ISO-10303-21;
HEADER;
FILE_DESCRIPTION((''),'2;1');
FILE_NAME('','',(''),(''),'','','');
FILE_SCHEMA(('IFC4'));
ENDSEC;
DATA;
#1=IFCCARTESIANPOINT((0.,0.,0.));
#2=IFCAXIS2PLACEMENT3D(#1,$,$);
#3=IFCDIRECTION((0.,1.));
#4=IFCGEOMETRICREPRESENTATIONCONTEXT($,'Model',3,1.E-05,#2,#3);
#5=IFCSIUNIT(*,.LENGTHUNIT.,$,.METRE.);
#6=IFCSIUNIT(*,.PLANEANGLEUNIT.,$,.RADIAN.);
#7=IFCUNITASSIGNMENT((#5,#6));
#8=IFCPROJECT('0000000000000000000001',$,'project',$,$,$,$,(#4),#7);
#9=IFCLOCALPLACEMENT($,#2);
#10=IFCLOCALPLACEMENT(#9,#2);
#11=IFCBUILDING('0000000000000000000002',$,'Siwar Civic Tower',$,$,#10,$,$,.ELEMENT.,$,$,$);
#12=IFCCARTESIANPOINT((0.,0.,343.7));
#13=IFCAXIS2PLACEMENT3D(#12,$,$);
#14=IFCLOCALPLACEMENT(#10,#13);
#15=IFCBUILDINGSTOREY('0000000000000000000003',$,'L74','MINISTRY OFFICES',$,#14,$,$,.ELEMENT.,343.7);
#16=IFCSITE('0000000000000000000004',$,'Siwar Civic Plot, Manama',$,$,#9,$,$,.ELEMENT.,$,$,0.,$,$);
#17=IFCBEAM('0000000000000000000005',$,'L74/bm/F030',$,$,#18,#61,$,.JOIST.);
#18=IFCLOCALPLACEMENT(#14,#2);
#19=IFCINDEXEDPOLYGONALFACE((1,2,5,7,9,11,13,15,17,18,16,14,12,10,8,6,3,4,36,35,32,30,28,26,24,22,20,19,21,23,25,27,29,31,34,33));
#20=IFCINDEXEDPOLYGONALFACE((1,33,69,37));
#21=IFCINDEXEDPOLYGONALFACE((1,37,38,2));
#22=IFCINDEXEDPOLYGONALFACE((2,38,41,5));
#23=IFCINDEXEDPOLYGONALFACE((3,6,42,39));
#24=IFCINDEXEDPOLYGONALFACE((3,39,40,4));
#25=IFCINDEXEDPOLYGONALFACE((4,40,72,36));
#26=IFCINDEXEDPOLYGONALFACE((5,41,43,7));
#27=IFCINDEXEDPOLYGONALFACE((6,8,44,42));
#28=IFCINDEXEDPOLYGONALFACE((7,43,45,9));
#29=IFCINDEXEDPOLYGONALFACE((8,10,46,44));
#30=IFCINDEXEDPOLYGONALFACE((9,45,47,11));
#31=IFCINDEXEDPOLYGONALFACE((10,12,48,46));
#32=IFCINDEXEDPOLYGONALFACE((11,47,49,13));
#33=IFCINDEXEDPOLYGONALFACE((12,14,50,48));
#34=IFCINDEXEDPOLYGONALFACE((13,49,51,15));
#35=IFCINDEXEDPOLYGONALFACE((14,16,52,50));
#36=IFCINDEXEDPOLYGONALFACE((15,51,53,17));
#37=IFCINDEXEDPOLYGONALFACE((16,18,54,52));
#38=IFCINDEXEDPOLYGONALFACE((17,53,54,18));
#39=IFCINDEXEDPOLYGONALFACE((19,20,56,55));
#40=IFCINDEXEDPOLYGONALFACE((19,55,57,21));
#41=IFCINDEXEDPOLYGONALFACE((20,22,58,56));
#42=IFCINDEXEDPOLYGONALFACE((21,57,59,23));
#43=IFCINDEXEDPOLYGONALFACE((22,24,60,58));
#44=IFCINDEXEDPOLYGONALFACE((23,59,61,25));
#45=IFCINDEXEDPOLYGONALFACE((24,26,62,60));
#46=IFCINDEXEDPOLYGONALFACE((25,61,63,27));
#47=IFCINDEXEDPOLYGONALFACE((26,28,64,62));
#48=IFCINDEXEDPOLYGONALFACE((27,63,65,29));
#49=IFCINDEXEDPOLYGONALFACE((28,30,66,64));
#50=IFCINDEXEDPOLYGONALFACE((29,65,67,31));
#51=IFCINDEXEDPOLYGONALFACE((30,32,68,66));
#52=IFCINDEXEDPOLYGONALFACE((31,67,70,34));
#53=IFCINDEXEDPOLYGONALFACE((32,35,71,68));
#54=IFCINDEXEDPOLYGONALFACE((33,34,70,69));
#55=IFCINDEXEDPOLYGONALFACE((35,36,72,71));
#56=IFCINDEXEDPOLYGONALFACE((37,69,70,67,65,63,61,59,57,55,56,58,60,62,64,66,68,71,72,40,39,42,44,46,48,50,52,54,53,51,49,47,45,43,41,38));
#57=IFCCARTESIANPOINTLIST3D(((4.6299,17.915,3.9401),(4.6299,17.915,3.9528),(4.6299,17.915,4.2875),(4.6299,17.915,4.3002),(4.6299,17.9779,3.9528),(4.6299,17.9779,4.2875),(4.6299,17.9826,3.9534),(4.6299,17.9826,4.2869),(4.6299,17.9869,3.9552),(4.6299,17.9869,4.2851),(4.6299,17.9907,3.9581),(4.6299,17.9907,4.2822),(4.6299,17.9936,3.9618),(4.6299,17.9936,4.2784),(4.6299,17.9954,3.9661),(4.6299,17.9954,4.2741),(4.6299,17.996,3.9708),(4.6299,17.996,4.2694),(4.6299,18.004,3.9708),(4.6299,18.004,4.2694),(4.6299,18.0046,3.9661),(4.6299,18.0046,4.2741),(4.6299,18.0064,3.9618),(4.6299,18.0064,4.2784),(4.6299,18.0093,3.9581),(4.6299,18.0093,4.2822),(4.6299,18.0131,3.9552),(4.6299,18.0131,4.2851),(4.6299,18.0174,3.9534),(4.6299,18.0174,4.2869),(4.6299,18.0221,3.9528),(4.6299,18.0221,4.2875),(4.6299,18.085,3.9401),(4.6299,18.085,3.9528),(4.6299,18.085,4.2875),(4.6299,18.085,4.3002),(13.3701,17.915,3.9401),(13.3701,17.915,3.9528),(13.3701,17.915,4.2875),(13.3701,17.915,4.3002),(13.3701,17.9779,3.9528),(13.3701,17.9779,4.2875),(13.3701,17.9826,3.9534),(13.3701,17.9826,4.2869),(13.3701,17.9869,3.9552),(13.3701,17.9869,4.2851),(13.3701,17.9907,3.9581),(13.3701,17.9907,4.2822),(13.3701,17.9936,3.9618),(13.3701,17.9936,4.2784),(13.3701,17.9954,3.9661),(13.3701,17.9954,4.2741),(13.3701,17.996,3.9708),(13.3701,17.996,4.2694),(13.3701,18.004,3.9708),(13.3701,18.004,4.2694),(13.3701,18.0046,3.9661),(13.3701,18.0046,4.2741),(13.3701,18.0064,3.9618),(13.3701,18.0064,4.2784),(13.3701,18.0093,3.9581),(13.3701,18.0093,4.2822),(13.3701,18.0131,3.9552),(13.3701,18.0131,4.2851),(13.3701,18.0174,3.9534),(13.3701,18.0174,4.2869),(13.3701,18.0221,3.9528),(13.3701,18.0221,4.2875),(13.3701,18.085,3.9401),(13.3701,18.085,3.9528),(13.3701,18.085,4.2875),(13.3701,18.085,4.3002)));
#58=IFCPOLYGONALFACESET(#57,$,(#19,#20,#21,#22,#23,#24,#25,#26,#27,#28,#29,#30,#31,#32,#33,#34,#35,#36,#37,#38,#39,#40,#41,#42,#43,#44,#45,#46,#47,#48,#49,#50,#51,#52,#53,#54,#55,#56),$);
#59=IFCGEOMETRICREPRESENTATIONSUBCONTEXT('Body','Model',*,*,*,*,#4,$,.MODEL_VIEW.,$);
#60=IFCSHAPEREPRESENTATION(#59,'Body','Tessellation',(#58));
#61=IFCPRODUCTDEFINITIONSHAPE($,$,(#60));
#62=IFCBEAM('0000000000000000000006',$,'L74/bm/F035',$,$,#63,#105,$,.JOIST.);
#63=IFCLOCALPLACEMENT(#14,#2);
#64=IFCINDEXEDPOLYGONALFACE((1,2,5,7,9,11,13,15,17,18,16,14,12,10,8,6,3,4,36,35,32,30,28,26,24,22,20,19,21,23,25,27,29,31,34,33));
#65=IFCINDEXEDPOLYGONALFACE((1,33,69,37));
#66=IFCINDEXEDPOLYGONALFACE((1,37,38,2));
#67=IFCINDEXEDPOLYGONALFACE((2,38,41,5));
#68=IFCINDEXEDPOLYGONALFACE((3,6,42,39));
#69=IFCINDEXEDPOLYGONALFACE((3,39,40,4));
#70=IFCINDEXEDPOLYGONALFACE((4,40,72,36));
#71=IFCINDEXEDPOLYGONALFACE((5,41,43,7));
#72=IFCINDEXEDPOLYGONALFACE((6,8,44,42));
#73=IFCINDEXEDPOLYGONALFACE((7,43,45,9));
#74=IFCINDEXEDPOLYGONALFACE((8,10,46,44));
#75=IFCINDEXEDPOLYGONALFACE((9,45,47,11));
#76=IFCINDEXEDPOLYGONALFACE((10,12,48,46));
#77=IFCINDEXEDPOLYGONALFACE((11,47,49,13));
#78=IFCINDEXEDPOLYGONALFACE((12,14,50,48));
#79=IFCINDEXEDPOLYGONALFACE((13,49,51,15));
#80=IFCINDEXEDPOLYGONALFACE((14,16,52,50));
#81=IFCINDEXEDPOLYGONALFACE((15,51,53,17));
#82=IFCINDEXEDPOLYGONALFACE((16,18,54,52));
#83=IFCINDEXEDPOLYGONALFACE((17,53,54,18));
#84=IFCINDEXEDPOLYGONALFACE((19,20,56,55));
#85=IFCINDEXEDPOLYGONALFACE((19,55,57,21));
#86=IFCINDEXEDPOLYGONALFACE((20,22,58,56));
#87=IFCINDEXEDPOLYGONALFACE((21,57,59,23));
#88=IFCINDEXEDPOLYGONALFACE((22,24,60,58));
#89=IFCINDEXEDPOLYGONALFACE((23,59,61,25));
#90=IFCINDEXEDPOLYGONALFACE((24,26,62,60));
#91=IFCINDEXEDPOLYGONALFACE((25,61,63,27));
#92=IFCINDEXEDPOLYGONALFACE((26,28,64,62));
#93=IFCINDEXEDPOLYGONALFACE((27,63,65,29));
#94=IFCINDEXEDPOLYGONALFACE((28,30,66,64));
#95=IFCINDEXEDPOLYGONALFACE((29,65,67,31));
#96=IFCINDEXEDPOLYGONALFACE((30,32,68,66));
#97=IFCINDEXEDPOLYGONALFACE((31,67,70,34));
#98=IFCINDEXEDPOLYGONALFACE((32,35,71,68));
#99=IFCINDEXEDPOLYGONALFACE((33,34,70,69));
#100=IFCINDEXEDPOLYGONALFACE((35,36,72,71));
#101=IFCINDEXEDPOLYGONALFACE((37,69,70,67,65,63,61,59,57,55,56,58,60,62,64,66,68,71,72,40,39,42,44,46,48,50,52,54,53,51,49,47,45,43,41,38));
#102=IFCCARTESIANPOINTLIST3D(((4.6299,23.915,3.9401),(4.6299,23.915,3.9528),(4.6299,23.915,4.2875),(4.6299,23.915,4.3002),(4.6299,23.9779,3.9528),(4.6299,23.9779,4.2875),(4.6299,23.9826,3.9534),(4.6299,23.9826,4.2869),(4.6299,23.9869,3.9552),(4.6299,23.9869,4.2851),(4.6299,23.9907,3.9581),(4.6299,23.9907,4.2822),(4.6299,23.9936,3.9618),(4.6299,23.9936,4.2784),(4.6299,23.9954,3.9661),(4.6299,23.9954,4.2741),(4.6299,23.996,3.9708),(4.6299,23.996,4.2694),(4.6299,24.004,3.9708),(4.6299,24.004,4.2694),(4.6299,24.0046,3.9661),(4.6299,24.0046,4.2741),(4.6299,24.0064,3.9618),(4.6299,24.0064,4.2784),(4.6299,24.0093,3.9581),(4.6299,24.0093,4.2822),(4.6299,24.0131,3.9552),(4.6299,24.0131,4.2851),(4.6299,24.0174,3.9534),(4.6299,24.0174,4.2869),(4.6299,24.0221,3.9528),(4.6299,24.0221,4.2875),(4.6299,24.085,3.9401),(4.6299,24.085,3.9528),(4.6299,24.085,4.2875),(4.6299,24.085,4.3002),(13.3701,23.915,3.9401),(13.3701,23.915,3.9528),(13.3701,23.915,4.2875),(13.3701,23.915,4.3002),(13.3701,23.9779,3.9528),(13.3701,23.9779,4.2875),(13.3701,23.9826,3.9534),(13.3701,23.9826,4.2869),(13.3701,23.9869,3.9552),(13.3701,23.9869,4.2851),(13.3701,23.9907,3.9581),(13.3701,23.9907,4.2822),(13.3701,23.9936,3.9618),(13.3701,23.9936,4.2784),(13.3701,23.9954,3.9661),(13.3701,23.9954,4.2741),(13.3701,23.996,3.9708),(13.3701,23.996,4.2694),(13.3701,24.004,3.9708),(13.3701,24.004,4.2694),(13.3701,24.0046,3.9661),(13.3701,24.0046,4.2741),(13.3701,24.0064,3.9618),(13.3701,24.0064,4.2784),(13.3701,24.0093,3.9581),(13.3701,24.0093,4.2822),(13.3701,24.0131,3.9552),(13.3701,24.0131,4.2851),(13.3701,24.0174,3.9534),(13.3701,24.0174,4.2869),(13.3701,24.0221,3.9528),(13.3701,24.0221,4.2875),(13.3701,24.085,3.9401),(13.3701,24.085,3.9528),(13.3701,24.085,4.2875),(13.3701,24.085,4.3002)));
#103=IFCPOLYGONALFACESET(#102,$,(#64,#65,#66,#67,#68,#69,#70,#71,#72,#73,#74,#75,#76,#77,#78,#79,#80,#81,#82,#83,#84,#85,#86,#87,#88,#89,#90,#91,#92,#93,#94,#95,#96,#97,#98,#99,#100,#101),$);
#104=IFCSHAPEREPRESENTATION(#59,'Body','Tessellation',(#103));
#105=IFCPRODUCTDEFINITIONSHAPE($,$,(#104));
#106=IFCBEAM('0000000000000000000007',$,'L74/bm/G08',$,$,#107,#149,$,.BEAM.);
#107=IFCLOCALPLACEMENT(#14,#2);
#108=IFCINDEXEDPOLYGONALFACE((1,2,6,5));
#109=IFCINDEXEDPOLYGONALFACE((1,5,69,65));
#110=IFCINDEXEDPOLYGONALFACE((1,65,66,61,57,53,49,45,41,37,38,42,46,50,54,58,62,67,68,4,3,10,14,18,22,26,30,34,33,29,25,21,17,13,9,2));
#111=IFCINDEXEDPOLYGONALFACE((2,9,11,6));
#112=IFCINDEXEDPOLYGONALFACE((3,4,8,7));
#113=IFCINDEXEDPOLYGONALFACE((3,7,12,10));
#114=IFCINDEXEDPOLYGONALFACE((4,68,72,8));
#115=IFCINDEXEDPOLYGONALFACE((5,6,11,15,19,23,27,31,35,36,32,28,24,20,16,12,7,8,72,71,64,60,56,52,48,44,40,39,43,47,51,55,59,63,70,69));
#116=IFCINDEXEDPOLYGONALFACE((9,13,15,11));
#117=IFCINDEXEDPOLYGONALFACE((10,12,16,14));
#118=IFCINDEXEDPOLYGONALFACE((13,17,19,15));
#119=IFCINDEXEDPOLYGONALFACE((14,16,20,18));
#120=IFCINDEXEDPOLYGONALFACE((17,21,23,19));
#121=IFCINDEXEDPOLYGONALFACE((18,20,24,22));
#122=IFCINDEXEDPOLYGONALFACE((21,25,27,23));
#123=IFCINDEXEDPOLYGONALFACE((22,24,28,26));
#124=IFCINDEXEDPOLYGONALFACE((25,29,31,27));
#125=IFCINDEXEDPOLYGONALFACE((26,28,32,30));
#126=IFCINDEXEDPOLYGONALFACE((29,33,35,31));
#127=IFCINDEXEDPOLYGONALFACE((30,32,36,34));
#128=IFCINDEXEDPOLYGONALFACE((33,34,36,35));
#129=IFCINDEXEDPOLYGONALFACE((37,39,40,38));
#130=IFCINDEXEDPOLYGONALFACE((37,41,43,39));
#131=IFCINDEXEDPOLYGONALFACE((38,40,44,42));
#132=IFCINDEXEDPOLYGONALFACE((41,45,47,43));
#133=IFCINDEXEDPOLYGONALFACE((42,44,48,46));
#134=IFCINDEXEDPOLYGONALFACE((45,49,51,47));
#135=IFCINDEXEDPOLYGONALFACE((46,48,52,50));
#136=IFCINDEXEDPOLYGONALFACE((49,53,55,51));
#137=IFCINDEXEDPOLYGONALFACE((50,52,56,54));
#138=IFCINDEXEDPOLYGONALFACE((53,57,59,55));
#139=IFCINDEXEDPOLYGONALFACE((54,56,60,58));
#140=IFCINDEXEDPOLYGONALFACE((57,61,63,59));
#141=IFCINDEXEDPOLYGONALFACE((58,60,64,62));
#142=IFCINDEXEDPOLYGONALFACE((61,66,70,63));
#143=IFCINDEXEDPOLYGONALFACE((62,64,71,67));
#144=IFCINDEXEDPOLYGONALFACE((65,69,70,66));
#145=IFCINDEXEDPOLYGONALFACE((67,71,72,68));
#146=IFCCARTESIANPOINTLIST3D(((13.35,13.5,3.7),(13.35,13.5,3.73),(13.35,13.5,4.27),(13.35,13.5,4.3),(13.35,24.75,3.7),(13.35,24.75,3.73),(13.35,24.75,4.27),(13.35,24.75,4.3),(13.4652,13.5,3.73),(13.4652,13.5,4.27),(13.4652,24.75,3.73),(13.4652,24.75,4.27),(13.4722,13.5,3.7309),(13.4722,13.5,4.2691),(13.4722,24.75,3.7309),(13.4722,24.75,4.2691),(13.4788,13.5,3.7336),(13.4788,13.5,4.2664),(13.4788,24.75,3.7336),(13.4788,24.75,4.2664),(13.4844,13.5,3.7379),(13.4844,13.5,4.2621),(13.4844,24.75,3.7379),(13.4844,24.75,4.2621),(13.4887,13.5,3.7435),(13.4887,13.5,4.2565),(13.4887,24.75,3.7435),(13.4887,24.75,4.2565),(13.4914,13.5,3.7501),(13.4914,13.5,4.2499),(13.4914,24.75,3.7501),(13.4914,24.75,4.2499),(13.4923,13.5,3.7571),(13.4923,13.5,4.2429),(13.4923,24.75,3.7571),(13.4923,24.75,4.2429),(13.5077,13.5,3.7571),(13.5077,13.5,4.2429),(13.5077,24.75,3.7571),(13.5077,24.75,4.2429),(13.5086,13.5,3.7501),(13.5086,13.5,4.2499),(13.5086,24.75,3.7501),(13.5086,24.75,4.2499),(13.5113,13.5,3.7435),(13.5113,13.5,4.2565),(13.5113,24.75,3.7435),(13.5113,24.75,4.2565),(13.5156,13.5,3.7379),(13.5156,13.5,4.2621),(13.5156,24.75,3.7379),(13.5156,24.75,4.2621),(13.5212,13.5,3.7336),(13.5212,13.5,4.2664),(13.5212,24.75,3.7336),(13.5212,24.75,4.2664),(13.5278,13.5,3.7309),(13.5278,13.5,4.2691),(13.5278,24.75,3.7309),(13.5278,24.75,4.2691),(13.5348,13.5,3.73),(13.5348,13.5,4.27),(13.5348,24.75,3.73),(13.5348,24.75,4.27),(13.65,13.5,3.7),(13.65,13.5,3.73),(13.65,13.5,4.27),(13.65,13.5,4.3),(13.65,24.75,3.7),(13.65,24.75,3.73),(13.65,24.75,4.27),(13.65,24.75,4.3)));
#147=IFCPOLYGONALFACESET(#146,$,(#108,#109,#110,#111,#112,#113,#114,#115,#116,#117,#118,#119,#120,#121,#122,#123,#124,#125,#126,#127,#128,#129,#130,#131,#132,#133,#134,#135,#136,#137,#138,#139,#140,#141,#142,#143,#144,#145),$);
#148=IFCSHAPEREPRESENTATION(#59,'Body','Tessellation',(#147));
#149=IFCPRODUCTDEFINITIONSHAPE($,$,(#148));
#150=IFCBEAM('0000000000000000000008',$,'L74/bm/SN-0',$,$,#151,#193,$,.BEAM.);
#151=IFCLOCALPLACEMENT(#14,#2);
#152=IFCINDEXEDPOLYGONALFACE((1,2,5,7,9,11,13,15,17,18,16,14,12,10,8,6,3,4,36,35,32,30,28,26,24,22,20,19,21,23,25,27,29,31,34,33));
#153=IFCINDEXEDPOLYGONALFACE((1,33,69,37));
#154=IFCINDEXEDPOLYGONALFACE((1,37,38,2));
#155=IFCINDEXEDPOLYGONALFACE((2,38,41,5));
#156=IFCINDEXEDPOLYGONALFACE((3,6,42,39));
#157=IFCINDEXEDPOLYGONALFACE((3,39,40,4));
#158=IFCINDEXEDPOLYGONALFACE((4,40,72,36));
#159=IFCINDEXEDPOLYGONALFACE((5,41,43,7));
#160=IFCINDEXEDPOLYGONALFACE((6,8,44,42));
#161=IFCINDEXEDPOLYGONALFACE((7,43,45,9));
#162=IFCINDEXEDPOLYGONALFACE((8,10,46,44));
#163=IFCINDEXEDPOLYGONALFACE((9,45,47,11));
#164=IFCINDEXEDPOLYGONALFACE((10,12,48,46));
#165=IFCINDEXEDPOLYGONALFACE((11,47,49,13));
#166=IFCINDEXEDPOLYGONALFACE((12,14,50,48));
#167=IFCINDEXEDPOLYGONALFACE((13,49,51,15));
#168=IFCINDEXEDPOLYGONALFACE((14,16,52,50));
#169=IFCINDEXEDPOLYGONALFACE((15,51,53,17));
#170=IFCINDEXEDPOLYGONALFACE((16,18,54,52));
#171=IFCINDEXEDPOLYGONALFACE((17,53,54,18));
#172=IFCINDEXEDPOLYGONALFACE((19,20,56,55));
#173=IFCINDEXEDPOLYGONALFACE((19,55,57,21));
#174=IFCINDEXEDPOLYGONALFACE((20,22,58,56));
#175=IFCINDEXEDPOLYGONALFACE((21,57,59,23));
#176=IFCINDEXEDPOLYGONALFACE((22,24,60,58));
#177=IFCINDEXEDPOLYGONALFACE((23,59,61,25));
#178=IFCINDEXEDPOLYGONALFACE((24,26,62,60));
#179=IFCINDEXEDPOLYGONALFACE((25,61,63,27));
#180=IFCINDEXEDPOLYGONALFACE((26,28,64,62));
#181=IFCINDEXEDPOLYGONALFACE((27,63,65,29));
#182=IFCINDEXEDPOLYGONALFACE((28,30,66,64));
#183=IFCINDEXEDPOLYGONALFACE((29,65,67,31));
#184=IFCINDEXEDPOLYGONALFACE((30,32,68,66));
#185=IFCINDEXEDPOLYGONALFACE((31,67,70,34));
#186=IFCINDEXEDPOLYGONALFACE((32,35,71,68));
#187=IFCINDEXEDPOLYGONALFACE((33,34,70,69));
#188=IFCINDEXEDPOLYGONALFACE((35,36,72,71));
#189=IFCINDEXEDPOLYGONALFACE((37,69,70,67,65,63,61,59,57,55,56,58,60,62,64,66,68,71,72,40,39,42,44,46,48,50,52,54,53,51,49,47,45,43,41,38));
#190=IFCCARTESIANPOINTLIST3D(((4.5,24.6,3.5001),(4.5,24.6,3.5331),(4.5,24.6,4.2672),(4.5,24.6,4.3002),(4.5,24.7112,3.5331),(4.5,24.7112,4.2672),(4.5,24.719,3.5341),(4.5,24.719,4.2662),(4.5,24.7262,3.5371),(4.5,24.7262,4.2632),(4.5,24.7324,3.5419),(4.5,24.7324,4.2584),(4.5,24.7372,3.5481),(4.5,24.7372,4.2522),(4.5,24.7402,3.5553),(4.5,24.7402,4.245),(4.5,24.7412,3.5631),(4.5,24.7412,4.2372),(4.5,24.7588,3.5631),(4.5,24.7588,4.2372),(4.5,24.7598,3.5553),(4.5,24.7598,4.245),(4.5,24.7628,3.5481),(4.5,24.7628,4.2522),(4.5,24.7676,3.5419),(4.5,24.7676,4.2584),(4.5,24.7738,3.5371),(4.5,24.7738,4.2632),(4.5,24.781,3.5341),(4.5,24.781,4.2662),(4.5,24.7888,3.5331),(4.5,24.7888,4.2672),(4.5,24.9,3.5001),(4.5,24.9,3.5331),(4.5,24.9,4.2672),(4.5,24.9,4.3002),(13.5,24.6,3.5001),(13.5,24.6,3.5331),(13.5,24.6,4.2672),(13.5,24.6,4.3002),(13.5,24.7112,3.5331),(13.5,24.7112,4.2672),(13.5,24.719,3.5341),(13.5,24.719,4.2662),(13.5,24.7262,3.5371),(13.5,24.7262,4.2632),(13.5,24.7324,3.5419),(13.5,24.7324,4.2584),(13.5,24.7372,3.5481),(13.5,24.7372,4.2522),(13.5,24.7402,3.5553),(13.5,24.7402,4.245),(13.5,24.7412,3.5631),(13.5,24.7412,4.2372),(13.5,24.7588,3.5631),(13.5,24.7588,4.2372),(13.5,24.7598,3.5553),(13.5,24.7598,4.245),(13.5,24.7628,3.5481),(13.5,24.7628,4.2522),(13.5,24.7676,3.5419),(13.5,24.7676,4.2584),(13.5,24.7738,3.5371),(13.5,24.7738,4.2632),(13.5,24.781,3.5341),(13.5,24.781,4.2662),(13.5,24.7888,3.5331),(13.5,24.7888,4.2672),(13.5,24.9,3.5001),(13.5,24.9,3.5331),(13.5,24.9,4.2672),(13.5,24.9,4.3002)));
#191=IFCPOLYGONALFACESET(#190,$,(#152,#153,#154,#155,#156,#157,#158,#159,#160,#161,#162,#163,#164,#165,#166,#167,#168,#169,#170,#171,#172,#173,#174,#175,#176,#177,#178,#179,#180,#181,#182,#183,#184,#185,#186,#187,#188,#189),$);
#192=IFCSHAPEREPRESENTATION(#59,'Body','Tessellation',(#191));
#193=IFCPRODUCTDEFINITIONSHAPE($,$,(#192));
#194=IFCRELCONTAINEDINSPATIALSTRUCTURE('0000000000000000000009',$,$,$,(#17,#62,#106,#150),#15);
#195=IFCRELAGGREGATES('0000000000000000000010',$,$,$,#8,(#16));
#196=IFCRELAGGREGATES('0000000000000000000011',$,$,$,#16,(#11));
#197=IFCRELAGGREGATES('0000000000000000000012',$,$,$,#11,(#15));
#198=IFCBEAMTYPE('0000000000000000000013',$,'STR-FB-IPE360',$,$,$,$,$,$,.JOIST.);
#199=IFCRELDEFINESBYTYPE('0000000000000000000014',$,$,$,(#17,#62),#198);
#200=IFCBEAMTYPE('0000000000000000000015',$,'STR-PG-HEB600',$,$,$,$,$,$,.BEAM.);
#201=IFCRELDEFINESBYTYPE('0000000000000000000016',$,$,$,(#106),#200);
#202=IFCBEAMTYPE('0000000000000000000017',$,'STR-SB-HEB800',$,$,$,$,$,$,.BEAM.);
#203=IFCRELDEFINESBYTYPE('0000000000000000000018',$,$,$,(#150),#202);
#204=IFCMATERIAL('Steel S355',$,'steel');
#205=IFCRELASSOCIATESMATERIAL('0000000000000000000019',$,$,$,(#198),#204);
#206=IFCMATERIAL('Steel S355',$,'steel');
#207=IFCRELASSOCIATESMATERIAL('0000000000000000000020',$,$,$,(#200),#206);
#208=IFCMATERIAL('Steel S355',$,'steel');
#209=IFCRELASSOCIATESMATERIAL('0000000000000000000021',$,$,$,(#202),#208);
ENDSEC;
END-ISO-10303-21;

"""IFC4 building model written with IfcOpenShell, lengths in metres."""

from ifc_helpers import new_model, si_unit, direction, frame, origin, origin_2d, place, context, subcontext, project, spatial, i_section, extrude, material, material_profile, profile_set, type_object, element, save


model = new_model("IFC4")

# Units and contexts
model_context = context("Model", 3, precision=1e-05, world=origin(), true_north=direction((0.0, 1.0)))
body_context = subcontext(model_context, "Body", "Model", "MODEL_VIEW")
ifc_project = project(units=[si_unit("LENGTHUNIT", "METRE"), si_unit("PLANEANGLEUNIT", "RADIAN")], contexts=[model_context])

# Site, building, storey
site_placement = place(None, origin())
site = spatial("IfcSite", under=ifc_project, at=site_placement, Name="Siwar Civic Plot, Manama", CompositionType="ELEMENT", RefElevation=0.0)
building_placement = place(site_placement, origin())
building = spatial("IfcBuilding", under=site, at=building_placement, Name="Siwar Civic Tower", CompositionType="ELEMENT")
storey_placement = place(building_placement, frame((0.0, 0.0, 343.7)))
storey = spatial("IfcBuildingStorey", under=building, at=storey_placement, Name="L74", Description="MINISTRY OFFICES", CompositionType="ELEMENT", Elevation=343.7)

# Beams
ifc_material_1 = material(Name="Steel S355", Category="steel")
ifc_material_profile_1 = material_profile(ifc_material_1, i_section(OverallWidth=0.1699, OverallDepth=0.3601, WebThickness=0.0081, FlangeThickness=0.0127, FilletRadius=0.0181, at=origin_2d()), Name="IPE360")
ifc_profile_set_1 = profile_set([ifc_material_profile_1], Name="Steel S355")
beam_type_1 = type_object("IfcBeamType", Name="STR-FB-IPE360", PredefinedType="JOIST", material=ifc_profile_set_1)
for number, where, z_axis, x_axis, name in (
    (1, (4.6299, 18.0, 4.1201), (1.0, 0.0, 0.0), (0.0, 1.0, 0.0), "L74/bm/F030"),
    (2, (4.6299, 24.0, 4.1201), (1.0, 0.0, 0.0), (0.0, 1.0, 0.0), "L74/bm/F035"),
):
    element("IfcBeam", number, at=place(storey_placement, frame(where, z_axis=z_axis, x_axis=x_axis)), inside=storey, type_object=beam_type_1, Name=name, PredefinedType="JOIST", context=body_context, shape_type="SweptSolid", body=[
        extrude(i_section(OverallWidth=0.1699, OverallDepth=0.3601, WebThickness=0.0081, FlangeThickness=0.0127, FilletRadius=0.0181, at=origin_2d()), origin(), (0.0, 0.0, 1.0), 8.7402),
    ])
ifc_material_2 = material(Name="Steel S355", Category="steel")
ifc_material_profile_2 = material_profile(ifc_material_2, i_section(OverallWidth=0.3, OverallDepth=0.6001, WebThickness=0.0154, FlangeThickness=0.03, FilletRadius=0.0271, at=origin_2d()), Name="HEB600")
ifc_profile_set_2 = profile_set([ifc_material_profile_2], Name="Steel S355")
beam_type_2 = type_object("IfcBeamType", Name="STR-PG-HEB600", PredefinedType="BEAM", material=ifc_profile_set_2)
beam_1_placement = place(storey_placement, frame((13.5, 13.5, 4.0), z_axis=(0.0, 1.0, 0.0), x_axis=(-1.0, 0.0, 0.0)))
element("IfcBeam", 3, at=beam_1_placement, inside=storey, type_object=beam_type_2, Name="L74/bm/G08", PredefinedType="BEAM", context=body_context, shape_type="SweptSolid", body=[
    extrude(i_section(OverallWidth=0.3, OverallDepth=0.6001, WebThickness=0.0154, FlangeThickness=0.03, FilletRadius=0.0271, at=origin_2d()), origin(), (0.0, 0.0, 1.0), 11.25),
])
ifc_material_3 = material(Name="Steel S355", Category="steel")
ifc_material_profile_3 = material_profile(ifc_material_3, i_section(OverallWidth=0.3, OverallDepth=0.8, WebThickness=0.0176, FlangeThickness=0.033, FilletRadius=0.03, at=origin_2d()), Name="HEB800")
ifc_profile_set_3 = profile_set([ifc_material_profile_3], Name="Steel S355")
beam_type_3 = type_object("IfcBeamType", Name="STR-SB-HEB800", PredefinedType="BEAM", material=ifc_profile_set_3)
for number, where, z_axis, x_axis, name in (
    (4, (13.5, 24.75, 3.9001), (-1.0, 0.0, 0.0), (0.0, -1.0, 0.0), "L74/bm/SN-0"),
):
    element("IfcBeam", number, at=place(storey_placement, frame(where, z_axis=z_axis, x_axis=x_axis)), inside=storey, type_object=beam_type_3, Name=name, PredefinedType="BEAM", context=body_context, shape_type="SweptSolid", body=[
        extrude(i_section(OverallWidth=0.3, OverallDepth=0.8, WebThickness=0.0176, FlangeThickness=0.033, FilletRadius=0.03, at=origin_2d()), origin(), (0.0, 0.0, 1.0), 9.0),
    ])

save(model, "model.ifc")
